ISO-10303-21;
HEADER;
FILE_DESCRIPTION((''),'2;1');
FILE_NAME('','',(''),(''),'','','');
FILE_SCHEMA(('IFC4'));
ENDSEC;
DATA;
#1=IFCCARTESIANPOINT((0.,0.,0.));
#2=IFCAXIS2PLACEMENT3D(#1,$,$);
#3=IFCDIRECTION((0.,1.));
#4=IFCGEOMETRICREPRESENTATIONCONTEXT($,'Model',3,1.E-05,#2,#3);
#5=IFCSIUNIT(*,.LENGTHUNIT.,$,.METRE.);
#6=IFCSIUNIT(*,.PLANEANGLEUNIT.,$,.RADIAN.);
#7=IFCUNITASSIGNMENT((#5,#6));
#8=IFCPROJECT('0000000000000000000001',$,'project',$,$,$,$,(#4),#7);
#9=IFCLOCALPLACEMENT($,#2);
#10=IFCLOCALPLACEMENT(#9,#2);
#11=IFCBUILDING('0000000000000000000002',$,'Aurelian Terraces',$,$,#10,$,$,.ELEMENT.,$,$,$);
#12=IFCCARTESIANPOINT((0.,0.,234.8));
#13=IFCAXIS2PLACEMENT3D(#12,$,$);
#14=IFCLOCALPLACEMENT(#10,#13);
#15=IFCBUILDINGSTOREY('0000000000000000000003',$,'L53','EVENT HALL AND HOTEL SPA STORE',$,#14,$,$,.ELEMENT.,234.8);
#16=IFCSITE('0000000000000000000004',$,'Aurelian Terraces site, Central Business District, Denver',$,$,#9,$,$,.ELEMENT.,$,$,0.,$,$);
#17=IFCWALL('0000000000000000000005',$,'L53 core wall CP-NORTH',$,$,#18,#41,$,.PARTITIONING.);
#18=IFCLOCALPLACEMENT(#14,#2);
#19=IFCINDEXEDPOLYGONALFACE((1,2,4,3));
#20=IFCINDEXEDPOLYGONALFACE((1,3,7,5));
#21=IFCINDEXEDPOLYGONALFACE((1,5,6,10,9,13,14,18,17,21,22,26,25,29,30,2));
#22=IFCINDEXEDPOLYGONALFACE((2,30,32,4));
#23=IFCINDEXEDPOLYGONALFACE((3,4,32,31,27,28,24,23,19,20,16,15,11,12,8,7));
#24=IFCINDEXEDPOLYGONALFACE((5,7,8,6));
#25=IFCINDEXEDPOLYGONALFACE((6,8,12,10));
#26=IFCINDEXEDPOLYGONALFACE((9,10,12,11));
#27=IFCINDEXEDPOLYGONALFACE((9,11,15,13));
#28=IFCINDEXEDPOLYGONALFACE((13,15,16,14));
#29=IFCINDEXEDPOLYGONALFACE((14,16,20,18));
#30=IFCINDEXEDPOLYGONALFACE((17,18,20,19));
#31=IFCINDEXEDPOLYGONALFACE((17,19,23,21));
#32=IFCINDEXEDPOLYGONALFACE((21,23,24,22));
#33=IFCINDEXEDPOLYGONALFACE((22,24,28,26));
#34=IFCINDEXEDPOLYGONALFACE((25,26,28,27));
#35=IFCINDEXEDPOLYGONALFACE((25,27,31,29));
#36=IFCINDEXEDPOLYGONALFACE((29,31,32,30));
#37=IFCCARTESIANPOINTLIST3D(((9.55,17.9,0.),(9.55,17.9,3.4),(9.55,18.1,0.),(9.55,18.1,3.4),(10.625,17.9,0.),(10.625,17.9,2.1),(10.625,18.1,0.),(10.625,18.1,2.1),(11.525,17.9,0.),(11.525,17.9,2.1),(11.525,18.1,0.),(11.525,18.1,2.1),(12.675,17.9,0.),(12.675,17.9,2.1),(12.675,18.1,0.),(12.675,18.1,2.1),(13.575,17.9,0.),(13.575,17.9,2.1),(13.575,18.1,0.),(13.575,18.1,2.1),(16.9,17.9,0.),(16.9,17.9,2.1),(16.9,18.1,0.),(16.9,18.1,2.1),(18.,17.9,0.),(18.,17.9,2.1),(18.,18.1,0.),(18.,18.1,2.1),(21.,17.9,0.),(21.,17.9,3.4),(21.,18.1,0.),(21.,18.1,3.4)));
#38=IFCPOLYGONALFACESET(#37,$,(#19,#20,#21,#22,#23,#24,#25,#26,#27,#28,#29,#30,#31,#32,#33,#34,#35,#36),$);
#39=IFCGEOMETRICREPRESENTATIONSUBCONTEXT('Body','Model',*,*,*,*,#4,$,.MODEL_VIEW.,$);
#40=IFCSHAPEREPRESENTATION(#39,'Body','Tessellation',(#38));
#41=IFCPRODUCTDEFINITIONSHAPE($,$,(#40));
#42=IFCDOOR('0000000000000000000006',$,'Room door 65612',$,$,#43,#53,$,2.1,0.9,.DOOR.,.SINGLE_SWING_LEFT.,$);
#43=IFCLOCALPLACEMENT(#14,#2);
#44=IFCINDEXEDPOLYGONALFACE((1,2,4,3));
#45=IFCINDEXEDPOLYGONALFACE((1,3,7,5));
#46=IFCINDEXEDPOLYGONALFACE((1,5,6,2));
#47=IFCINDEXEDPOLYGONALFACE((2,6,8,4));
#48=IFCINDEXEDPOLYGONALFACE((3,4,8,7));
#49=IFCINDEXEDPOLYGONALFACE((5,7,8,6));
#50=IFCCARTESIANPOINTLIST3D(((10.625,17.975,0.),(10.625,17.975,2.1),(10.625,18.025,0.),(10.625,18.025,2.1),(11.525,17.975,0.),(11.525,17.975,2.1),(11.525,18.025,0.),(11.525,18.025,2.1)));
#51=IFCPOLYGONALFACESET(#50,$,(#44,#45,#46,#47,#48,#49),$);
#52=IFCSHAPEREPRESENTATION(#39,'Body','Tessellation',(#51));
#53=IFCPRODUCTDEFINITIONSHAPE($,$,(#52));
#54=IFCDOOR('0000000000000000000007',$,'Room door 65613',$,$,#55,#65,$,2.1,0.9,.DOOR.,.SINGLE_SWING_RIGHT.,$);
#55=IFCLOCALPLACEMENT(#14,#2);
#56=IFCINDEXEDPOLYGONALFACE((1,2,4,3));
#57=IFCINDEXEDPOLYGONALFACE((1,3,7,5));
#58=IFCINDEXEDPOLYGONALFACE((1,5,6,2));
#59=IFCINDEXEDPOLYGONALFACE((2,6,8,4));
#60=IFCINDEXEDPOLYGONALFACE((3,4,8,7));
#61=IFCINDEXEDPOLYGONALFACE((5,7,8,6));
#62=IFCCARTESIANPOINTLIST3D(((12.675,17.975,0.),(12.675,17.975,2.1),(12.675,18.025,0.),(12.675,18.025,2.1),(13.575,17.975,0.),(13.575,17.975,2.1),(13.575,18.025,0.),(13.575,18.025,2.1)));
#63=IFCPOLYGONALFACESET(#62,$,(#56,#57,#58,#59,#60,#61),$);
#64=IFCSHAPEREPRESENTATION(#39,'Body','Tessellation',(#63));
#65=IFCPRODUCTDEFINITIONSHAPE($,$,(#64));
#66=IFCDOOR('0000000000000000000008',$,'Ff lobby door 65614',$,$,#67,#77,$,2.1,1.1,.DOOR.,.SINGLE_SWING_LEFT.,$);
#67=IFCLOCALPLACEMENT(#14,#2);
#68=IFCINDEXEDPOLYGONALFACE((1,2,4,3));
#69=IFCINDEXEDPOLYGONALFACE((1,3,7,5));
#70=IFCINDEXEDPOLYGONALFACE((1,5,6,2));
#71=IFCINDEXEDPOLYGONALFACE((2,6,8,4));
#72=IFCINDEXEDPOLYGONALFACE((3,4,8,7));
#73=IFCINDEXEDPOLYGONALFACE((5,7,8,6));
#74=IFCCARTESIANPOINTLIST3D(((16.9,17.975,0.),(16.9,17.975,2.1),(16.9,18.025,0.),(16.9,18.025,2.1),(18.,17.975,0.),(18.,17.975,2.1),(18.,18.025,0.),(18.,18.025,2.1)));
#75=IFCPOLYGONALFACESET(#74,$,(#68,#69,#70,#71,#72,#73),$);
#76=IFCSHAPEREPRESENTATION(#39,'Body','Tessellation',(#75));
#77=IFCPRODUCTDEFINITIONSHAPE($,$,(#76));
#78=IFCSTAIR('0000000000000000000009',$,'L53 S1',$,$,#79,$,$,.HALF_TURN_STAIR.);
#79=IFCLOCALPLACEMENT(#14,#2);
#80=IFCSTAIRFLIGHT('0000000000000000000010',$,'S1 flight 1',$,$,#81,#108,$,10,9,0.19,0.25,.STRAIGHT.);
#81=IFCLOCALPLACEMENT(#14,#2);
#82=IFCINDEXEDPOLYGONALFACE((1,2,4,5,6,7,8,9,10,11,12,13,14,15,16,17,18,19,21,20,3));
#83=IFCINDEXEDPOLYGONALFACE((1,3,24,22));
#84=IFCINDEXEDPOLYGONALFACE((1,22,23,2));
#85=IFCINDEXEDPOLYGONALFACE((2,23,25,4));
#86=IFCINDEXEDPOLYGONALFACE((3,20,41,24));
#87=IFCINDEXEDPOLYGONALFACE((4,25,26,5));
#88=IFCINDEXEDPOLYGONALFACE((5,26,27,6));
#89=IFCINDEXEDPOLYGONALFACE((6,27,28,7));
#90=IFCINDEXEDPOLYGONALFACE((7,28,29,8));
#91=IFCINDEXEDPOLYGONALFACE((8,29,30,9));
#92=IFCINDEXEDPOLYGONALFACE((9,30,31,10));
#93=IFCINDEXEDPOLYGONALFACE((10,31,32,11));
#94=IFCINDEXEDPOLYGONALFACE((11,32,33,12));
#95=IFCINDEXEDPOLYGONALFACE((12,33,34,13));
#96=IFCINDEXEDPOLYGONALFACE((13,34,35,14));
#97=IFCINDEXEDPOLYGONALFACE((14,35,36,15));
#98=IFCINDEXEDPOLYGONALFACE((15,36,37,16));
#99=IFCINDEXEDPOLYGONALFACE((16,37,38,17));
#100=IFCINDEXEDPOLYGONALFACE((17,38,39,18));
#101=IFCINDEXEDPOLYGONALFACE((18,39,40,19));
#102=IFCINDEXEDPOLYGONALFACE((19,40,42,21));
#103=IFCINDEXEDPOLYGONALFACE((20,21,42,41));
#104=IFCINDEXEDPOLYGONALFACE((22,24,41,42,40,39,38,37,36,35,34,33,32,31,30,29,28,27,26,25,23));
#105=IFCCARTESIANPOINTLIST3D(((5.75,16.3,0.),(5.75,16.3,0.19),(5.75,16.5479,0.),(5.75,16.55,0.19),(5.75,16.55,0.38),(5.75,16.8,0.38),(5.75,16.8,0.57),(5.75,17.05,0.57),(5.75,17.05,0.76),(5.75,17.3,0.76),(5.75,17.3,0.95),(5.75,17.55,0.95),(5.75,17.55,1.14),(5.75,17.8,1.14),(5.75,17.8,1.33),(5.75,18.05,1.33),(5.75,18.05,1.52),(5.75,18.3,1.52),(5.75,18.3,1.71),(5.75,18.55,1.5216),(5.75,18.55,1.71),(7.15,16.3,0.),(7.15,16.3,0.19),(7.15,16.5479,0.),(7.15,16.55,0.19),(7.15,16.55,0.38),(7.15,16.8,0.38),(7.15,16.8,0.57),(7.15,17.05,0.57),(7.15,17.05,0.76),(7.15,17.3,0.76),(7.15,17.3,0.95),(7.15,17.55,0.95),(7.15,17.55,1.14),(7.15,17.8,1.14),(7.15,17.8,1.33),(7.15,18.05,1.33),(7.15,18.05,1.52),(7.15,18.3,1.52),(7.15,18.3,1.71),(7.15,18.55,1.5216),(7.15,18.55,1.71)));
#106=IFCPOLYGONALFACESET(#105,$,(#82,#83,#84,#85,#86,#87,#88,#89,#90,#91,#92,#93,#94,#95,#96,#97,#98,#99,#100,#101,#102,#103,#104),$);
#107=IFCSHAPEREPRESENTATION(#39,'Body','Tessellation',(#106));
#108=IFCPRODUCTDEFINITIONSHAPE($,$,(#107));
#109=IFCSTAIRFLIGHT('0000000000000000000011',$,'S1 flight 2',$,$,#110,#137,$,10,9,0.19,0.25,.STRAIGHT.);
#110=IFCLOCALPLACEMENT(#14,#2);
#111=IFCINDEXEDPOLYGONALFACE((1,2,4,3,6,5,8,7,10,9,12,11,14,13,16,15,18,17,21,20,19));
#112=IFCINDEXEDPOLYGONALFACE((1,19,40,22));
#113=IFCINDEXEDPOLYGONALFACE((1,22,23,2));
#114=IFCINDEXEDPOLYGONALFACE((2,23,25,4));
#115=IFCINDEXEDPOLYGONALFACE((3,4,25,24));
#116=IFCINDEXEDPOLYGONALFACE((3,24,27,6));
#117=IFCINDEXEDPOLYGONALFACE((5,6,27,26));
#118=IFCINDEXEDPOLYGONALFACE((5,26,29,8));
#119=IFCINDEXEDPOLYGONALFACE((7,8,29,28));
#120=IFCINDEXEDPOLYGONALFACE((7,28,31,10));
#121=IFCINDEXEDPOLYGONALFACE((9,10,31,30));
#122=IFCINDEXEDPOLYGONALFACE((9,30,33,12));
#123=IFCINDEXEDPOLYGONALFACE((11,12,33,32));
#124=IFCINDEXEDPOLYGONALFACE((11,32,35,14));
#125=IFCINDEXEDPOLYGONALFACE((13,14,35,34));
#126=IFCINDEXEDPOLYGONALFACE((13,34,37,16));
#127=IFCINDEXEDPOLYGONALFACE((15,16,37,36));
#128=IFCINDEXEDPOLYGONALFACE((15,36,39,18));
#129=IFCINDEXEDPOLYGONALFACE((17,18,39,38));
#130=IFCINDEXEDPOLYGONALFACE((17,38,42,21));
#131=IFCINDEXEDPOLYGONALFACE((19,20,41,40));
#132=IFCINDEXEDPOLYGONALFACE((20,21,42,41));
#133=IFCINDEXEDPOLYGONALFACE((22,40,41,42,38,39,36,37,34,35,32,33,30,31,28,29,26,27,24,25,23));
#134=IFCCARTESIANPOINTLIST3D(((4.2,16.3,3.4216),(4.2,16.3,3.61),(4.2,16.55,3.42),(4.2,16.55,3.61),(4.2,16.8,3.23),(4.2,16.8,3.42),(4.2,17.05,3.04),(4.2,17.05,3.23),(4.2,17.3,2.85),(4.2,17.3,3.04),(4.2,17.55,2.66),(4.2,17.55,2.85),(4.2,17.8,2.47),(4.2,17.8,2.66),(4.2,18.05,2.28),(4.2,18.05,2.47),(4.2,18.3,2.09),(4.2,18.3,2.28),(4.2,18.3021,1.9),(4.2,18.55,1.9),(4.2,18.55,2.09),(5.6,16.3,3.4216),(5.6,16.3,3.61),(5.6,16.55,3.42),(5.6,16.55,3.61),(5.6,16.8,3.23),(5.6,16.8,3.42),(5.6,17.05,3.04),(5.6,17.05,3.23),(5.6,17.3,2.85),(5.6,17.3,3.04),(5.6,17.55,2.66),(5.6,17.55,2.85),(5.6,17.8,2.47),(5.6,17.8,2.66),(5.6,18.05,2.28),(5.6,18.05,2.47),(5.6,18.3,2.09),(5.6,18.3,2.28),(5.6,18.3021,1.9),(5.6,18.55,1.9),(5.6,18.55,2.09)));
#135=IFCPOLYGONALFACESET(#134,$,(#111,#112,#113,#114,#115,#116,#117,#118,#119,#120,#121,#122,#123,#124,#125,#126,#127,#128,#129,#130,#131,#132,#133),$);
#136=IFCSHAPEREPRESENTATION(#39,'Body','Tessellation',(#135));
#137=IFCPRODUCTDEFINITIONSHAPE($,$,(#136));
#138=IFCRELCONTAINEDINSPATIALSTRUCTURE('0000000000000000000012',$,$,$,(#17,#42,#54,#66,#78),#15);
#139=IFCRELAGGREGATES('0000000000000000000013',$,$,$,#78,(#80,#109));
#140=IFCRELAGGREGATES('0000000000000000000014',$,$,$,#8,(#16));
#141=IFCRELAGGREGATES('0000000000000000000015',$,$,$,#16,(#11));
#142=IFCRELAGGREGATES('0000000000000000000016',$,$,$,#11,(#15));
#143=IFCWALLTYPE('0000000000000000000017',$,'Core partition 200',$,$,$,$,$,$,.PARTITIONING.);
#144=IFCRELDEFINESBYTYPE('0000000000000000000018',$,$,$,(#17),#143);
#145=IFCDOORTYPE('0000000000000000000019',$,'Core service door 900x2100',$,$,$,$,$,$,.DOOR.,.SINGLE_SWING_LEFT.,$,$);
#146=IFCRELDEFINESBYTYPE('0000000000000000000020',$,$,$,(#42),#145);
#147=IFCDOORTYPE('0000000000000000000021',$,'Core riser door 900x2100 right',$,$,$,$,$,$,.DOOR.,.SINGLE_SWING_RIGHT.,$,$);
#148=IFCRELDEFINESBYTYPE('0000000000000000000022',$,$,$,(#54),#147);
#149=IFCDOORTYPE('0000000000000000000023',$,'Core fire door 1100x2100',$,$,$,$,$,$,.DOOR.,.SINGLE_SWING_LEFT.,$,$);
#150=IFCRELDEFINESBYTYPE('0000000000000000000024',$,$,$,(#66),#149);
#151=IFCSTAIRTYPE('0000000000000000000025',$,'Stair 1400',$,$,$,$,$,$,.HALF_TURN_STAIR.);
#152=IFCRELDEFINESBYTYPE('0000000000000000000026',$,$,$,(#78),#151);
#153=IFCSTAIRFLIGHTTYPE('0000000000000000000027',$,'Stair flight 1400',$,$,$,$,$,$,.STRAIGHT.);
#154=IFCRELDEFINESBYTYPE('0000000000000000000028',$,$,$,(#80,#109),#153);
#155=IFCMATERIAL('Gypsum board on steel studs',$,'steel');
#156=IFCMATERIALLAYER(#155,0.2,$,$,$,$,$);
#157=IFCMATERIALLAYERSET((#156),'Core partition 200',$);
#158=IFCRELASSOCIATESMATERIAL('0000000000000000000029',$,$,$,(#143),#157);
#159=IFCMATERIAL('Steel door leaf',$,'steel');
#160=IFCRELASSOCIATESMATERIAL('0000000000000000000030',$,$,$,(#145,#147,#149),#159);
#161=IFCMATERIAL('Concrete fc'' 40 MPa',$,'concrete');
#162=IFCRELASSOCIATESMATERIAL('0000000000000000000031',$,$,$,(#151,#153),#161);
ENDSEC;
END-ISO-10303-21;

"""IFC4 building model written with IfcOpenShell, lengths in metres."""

from ifc_helpers import new_model, si_unit, direction, frame, frame_2d, origin, place, context, subcontext, project, spatial, polyline, rectangle, outline, extrude, source, transform, mapped, material, layer, layer_set, type_object, element, fill, aggregate, save


model = new_model("IFC4")

# Units and contexts
model_context = context("Model", 3, precision=1e-05, world=origin(), true_north=direction((0.0, 1.0)))
body_context = subcontext(model_context, "Body", "Model", "MODEL_VIEW")
ifc_project = project(units=[si_unit("LENGTHUNIT", "METRE"), si_unit("PLANEANGLEUNIT", "RADIAN")], contexts=[model_context])

# Site, building, storey
site_placement = place(None, origin())
site = spatial("IfcSite", under=ifc_project, at=site_placement, Name="Aurelian Terraces site, Central Business District, Denver", CompositionType="ELEMENT", RefElevation=0.0)
building_placement = place(site_placement, origin())
building = spatial("IfcBuilding", under=site, at=building_placement, Name="Aurelian Terraces", CompositionType="ELEMENT")
storey_placement = place(building_placement, frame((0.0, 0.0, 234.8)))
storey = spatial("IfcBuildingStorey", under=building, at=storey_placement, Name="L53", Description="EVENT HALL AND HOTEL SPA STORE", CompositionType="ELEMENT", Elevation=234.8)

# Shared definitions
ifc_material_1 = material(Name="Concrete fc' 40 MPa", Category="concrete")
shared_shape_1 = source(origin(), body_context, "Body", "SweptSolid", [
    extrude(rectangle(XDim=1.1, YDim=2.1, at=frame_2d((0.55, 1.05))), frame((0.0, 0.11, 0.0), z_axis=(0.0, -1.0, 0.0), x_axis=(1.0, 0.0, 0.0)), (0.0, 0.0, 1.0), 0.22),
])
shared_shape_2 = source(origin(), body_context, "Body", "SweptSolid", [
    extrude(rectangle(XDim=1.1, YDim=2.1, at=frame_2d((0.55, 1.05))), frame((0.0, 0.025, 0.0), z_axis=(0.0, -1.0, 0.0), x_axis=(1.0, 0.0, 0.0)), (0.0, 0.0, 1.0), 0.05),
])

# Shared definitions
ifc_material_2 = material(Name="Gypsum board on steel studs", Category="steel")
ifc_layer_1 = layer(ifc_material_2, 0.2)
ifc_layer_set_1 = layer_set([ifc_layer_1], Name="Core partition 200")
wall_type_1 = type_object("IfcWallType", Name="Core partition 200", PredefinedType="PARTITIONING", material=ifc_layer_set_1)

# Shared definitions
ifc_material_3 = material(Name="Steel door leaf", Category="steel")

# Wall, openings, doors
shared_shape_3 = source(origin(), body_context, "Body", "SweptSolid", [
    extrude(rectangle(XDim=11.45, YDim=0.2, at=frame_2d((5.725, 0.0))), origin(), (0.0, 0.0, 1.0), 3.4),
])
wall_1_placement = place(storey_placement, frame((9.55, 18.0, 0.0), z_axis=(0.0, 0.0, 1.0), x_axis=(1.0, 0.0, 0.0)))
wall_1 = element("IfcWall", 1, at=wall_1_placement, inside=storey, type_object=wall_type_1, Name="L53 core wall CP-NORTH", PredefinedType="PARTITIONING", context=body_context, shape_type="MappedRepresentation", body=[
    mapped(shared_shape_3, transform((0.0, 0.0, 0.0), scale=1.0)),
])
shared_shape_4 = source(origin(), body_context, "Body", "SweptSolid", [
    extrude(rectangle(XDim=0.9, YDim=2.1, at=frame_2d((0.45, 1.05))), frame((0.0, 0.11, 0.0), z_axis=(0.0, -1.0, 0.0), x_axis=(1.0, 0.0, 0.0)), (0.0, 0.0, 1.0), 0.22),
])
opening_1_placement = place(wall_1_placement, frame((1.075, 0.0, 0.0)))
opening_1 = element("IfcOpeningElement", 2, at=opening_1_placement, cuts=wall_1, PredefinedType="OPENING", context=body_context, shape_type="MappedRepresentation", body=[
    mapped(shared_shape_4, transform((0.0, 0.0, 0.0), scale=1.0)),
])
opening_2_placement = place(wall_1_placement, frame((3.125, 0.0, 0.0)))
opening_2 = element("IfcOpeningElement", 3, at=opening_2_placement, cuts=wall_1, PredefinedType="OPENING", context=body_context, shape_type="MappedRepresentation", body=[
    mapped(shared_shape_4, transform((0.0, 0.0, 0.0), scale=1.0)),
])
opening_3_placement = place(wall_1_placement, frame((7.35, 0.0, 0.0)))
opening_3 = element("IfcOpeningElement", 4, at=opening_3_placement, cuts=wall_1, PredefinedType="OPENING", context=body_context, shape_type="MappedRepresentation", body=[
    mapped(shared_shape_1, transform((0.0, 0.0, 0.0), scale=1.0)),
])
door_type_1 = type_object("IfcDoorType", Name="Core service door 900x2100", OperationType="SINGLE_SWING_LEFT", PredefinedType="DOOR", material=ifc_material_3)
shared_shape_5 = source(origin(), body_context, "Body", "SweptSolid", [
    extrude(rectangle(XDim=0.9, YDim=2.1, at=frame_2d((0.45, 1.05))), frame((0.0, 0.025, 0.0), z_axis=(0.0, -1.0, 0.0), x_axis=(1.0, 0.0, 0.0)), (0.0, 0.0, 1.0), 0.05),
])
door_1_placement = place(opening_1_placement, origin())
door_1 = element("IfcDoor", 5, at=door_1_placement, inside=storey, type_object=door_type_1, Name="Room door 65612", OperationType="SINGLE_SWING_LEFT", OverallHeight=2.1, OverallWidth=0.9, PredefinedType="DOOR", context=body_context, shape_type="MappedRepresentation", body=[
    mapped(shared_shape_5, transform((0.0, 0.0, 0.0), scale=1.0)),
])
fill(opening_1, door_1)
door_type_2 = type_object("IfcDoorType", Name="Core riser door 900x2100 right", OperationType="SINGLE_SWING_RIGHT", PredefinedType="DOOR", material=ifc_material_3)
door_2_placement = place(opening_2_placement, origin())
door_2 = element("IfcDoor", 6, at=door_2_placement, inside=storey, type_object=door_type_2, Name="Room door 65613", OperationType="SINGLE_SWING_RIGHT", OverallHeight=2.1, OverallWidth=0.9, PredefinedType="DOOR", context=body_context, shape_type="MappedRepresentation", body=[
    mapped(shared_shape_5, transform((0.0, 0.0, 0.0), scale=1.0)),
])
fill(opening_2, door_2)
door_type_3 = type_object("IfcDoorType", Name="Core fire door 1100x2100", OperationType="SINGLE_SWING_LEFT", PredefinedType="DOOR", material=ifc_material_3)
door_3_placement = place(opening_3_placement, origin())
door_3 = element("IfcDoor", 7, at=door_3_placement, inside=storey, type_object=door_type_3, Name="Ff lobby door 65614", OperationType="SINGLE_SWING_LEFT", OverallHeight=2.1, OverallWidth=1.1, PredefinedType="DOOR", context=body_context, shape_type="MappedRepresentation", body=[
    mapped(shared_shape_2, transform((0.0, 0.0, 0.0), scale=1.0)),
])
fill(opening_3, door_3)

# Stair, stair flights
stair_type = type_object("IfcStairType", Name="Stair 1400", PredefinedType="HALF_TURN_STAIR", material=ifc_material_1)
stair_placement = place(storey_placement, origin())
stair = element("IfcStair", 8, at=stair_placement, inside=storey, type_object=stair_type, Name="L53 S1", PredefinedType="HALF_TURN_STAIR")
stair_flight_type = type_object("IfcStairFlightType", Name="Stair flight 1400", PredefinedType="STRAIGHT", material=ifc_material_1)
shared_shape_6 = source(origin(), body_context, "Body", "SweptSolid", [
    extrude(outline(polyline([(0.0, 0.0), (0.0, 0.19), (0.25, 0.19), (0.25, 0.38), (0.5, 0.38), (0.5, 0.57), (0.75, 0.57), (0.75, 0.76), (1.0, 0.76), (1.0, 0.95), (1.25, 0.95), (1.25, 1.14), (1.5, 1.14), (1.5, 1.33), (1.75, 1.33), (1.75, 1.52), (2.0, 1.52), (2.0, 1.71), (2.25, 1.71), (2.25, 1.9), (2.25, 1.5216), (0.2479, 0.0), (0.0, 0.0)])), frame((0.0, 0.7, 0.0), z_axis=(0.0, -1.0, 0.0), x_axis=(1.0, 0.0, 0.0)), (0.0, 0.0, 1.0), 1.4),
])
stair_flight_1_placement = place(storey_placement, frame((6.45, 16.3, 0.0), z_axis=(0.0, 0.0, 1.0), x_axis=(0.0, 1.0, 0.0)))
stair_flight_1 = element("IfcStairFlight", 9, at=stair_flight_1_placement, type_object=stair_flight_type, Name="S1 flight 1", NumberOfRisers=10, NumberOfTreads=9, PredefinedType="STRAIGHT", RiserHeight=0.19, TreadLength=0.25, context=body_context, shape_type="MappedRepresentation", body=[
    mapped(shared_shape_6, transform((0.0, 0.0, 0.0), scale=1.0)),
])
stair_flight_2_placement = place(storey_placement, frame((4.9, 18.55, 1.9), z_axis=(0.0, 0.0, 1.0), x_axis=(0.0, -1.0, 0.0)))
stair_flight_2 = element("IfcStairFlight", 10, at=stair_flight_2_placement, type_object=stair_flight_type, Name="S1 flight 2", NumberOfRisers=10, NumberOfTreads=9, PredefinedType="STRAIGHT", RiserHeight=0.19, TreadLength=0.25, context=body_context, shape_type="MappedRepresentation", body=[
    mapped(shared_shape_6, transform((0.0, 0.0, 0.0), scale=1.0)),
])
aggregate(stair, [stair_flight_1, stair_flight_2])

save(model, "model.ifc")
